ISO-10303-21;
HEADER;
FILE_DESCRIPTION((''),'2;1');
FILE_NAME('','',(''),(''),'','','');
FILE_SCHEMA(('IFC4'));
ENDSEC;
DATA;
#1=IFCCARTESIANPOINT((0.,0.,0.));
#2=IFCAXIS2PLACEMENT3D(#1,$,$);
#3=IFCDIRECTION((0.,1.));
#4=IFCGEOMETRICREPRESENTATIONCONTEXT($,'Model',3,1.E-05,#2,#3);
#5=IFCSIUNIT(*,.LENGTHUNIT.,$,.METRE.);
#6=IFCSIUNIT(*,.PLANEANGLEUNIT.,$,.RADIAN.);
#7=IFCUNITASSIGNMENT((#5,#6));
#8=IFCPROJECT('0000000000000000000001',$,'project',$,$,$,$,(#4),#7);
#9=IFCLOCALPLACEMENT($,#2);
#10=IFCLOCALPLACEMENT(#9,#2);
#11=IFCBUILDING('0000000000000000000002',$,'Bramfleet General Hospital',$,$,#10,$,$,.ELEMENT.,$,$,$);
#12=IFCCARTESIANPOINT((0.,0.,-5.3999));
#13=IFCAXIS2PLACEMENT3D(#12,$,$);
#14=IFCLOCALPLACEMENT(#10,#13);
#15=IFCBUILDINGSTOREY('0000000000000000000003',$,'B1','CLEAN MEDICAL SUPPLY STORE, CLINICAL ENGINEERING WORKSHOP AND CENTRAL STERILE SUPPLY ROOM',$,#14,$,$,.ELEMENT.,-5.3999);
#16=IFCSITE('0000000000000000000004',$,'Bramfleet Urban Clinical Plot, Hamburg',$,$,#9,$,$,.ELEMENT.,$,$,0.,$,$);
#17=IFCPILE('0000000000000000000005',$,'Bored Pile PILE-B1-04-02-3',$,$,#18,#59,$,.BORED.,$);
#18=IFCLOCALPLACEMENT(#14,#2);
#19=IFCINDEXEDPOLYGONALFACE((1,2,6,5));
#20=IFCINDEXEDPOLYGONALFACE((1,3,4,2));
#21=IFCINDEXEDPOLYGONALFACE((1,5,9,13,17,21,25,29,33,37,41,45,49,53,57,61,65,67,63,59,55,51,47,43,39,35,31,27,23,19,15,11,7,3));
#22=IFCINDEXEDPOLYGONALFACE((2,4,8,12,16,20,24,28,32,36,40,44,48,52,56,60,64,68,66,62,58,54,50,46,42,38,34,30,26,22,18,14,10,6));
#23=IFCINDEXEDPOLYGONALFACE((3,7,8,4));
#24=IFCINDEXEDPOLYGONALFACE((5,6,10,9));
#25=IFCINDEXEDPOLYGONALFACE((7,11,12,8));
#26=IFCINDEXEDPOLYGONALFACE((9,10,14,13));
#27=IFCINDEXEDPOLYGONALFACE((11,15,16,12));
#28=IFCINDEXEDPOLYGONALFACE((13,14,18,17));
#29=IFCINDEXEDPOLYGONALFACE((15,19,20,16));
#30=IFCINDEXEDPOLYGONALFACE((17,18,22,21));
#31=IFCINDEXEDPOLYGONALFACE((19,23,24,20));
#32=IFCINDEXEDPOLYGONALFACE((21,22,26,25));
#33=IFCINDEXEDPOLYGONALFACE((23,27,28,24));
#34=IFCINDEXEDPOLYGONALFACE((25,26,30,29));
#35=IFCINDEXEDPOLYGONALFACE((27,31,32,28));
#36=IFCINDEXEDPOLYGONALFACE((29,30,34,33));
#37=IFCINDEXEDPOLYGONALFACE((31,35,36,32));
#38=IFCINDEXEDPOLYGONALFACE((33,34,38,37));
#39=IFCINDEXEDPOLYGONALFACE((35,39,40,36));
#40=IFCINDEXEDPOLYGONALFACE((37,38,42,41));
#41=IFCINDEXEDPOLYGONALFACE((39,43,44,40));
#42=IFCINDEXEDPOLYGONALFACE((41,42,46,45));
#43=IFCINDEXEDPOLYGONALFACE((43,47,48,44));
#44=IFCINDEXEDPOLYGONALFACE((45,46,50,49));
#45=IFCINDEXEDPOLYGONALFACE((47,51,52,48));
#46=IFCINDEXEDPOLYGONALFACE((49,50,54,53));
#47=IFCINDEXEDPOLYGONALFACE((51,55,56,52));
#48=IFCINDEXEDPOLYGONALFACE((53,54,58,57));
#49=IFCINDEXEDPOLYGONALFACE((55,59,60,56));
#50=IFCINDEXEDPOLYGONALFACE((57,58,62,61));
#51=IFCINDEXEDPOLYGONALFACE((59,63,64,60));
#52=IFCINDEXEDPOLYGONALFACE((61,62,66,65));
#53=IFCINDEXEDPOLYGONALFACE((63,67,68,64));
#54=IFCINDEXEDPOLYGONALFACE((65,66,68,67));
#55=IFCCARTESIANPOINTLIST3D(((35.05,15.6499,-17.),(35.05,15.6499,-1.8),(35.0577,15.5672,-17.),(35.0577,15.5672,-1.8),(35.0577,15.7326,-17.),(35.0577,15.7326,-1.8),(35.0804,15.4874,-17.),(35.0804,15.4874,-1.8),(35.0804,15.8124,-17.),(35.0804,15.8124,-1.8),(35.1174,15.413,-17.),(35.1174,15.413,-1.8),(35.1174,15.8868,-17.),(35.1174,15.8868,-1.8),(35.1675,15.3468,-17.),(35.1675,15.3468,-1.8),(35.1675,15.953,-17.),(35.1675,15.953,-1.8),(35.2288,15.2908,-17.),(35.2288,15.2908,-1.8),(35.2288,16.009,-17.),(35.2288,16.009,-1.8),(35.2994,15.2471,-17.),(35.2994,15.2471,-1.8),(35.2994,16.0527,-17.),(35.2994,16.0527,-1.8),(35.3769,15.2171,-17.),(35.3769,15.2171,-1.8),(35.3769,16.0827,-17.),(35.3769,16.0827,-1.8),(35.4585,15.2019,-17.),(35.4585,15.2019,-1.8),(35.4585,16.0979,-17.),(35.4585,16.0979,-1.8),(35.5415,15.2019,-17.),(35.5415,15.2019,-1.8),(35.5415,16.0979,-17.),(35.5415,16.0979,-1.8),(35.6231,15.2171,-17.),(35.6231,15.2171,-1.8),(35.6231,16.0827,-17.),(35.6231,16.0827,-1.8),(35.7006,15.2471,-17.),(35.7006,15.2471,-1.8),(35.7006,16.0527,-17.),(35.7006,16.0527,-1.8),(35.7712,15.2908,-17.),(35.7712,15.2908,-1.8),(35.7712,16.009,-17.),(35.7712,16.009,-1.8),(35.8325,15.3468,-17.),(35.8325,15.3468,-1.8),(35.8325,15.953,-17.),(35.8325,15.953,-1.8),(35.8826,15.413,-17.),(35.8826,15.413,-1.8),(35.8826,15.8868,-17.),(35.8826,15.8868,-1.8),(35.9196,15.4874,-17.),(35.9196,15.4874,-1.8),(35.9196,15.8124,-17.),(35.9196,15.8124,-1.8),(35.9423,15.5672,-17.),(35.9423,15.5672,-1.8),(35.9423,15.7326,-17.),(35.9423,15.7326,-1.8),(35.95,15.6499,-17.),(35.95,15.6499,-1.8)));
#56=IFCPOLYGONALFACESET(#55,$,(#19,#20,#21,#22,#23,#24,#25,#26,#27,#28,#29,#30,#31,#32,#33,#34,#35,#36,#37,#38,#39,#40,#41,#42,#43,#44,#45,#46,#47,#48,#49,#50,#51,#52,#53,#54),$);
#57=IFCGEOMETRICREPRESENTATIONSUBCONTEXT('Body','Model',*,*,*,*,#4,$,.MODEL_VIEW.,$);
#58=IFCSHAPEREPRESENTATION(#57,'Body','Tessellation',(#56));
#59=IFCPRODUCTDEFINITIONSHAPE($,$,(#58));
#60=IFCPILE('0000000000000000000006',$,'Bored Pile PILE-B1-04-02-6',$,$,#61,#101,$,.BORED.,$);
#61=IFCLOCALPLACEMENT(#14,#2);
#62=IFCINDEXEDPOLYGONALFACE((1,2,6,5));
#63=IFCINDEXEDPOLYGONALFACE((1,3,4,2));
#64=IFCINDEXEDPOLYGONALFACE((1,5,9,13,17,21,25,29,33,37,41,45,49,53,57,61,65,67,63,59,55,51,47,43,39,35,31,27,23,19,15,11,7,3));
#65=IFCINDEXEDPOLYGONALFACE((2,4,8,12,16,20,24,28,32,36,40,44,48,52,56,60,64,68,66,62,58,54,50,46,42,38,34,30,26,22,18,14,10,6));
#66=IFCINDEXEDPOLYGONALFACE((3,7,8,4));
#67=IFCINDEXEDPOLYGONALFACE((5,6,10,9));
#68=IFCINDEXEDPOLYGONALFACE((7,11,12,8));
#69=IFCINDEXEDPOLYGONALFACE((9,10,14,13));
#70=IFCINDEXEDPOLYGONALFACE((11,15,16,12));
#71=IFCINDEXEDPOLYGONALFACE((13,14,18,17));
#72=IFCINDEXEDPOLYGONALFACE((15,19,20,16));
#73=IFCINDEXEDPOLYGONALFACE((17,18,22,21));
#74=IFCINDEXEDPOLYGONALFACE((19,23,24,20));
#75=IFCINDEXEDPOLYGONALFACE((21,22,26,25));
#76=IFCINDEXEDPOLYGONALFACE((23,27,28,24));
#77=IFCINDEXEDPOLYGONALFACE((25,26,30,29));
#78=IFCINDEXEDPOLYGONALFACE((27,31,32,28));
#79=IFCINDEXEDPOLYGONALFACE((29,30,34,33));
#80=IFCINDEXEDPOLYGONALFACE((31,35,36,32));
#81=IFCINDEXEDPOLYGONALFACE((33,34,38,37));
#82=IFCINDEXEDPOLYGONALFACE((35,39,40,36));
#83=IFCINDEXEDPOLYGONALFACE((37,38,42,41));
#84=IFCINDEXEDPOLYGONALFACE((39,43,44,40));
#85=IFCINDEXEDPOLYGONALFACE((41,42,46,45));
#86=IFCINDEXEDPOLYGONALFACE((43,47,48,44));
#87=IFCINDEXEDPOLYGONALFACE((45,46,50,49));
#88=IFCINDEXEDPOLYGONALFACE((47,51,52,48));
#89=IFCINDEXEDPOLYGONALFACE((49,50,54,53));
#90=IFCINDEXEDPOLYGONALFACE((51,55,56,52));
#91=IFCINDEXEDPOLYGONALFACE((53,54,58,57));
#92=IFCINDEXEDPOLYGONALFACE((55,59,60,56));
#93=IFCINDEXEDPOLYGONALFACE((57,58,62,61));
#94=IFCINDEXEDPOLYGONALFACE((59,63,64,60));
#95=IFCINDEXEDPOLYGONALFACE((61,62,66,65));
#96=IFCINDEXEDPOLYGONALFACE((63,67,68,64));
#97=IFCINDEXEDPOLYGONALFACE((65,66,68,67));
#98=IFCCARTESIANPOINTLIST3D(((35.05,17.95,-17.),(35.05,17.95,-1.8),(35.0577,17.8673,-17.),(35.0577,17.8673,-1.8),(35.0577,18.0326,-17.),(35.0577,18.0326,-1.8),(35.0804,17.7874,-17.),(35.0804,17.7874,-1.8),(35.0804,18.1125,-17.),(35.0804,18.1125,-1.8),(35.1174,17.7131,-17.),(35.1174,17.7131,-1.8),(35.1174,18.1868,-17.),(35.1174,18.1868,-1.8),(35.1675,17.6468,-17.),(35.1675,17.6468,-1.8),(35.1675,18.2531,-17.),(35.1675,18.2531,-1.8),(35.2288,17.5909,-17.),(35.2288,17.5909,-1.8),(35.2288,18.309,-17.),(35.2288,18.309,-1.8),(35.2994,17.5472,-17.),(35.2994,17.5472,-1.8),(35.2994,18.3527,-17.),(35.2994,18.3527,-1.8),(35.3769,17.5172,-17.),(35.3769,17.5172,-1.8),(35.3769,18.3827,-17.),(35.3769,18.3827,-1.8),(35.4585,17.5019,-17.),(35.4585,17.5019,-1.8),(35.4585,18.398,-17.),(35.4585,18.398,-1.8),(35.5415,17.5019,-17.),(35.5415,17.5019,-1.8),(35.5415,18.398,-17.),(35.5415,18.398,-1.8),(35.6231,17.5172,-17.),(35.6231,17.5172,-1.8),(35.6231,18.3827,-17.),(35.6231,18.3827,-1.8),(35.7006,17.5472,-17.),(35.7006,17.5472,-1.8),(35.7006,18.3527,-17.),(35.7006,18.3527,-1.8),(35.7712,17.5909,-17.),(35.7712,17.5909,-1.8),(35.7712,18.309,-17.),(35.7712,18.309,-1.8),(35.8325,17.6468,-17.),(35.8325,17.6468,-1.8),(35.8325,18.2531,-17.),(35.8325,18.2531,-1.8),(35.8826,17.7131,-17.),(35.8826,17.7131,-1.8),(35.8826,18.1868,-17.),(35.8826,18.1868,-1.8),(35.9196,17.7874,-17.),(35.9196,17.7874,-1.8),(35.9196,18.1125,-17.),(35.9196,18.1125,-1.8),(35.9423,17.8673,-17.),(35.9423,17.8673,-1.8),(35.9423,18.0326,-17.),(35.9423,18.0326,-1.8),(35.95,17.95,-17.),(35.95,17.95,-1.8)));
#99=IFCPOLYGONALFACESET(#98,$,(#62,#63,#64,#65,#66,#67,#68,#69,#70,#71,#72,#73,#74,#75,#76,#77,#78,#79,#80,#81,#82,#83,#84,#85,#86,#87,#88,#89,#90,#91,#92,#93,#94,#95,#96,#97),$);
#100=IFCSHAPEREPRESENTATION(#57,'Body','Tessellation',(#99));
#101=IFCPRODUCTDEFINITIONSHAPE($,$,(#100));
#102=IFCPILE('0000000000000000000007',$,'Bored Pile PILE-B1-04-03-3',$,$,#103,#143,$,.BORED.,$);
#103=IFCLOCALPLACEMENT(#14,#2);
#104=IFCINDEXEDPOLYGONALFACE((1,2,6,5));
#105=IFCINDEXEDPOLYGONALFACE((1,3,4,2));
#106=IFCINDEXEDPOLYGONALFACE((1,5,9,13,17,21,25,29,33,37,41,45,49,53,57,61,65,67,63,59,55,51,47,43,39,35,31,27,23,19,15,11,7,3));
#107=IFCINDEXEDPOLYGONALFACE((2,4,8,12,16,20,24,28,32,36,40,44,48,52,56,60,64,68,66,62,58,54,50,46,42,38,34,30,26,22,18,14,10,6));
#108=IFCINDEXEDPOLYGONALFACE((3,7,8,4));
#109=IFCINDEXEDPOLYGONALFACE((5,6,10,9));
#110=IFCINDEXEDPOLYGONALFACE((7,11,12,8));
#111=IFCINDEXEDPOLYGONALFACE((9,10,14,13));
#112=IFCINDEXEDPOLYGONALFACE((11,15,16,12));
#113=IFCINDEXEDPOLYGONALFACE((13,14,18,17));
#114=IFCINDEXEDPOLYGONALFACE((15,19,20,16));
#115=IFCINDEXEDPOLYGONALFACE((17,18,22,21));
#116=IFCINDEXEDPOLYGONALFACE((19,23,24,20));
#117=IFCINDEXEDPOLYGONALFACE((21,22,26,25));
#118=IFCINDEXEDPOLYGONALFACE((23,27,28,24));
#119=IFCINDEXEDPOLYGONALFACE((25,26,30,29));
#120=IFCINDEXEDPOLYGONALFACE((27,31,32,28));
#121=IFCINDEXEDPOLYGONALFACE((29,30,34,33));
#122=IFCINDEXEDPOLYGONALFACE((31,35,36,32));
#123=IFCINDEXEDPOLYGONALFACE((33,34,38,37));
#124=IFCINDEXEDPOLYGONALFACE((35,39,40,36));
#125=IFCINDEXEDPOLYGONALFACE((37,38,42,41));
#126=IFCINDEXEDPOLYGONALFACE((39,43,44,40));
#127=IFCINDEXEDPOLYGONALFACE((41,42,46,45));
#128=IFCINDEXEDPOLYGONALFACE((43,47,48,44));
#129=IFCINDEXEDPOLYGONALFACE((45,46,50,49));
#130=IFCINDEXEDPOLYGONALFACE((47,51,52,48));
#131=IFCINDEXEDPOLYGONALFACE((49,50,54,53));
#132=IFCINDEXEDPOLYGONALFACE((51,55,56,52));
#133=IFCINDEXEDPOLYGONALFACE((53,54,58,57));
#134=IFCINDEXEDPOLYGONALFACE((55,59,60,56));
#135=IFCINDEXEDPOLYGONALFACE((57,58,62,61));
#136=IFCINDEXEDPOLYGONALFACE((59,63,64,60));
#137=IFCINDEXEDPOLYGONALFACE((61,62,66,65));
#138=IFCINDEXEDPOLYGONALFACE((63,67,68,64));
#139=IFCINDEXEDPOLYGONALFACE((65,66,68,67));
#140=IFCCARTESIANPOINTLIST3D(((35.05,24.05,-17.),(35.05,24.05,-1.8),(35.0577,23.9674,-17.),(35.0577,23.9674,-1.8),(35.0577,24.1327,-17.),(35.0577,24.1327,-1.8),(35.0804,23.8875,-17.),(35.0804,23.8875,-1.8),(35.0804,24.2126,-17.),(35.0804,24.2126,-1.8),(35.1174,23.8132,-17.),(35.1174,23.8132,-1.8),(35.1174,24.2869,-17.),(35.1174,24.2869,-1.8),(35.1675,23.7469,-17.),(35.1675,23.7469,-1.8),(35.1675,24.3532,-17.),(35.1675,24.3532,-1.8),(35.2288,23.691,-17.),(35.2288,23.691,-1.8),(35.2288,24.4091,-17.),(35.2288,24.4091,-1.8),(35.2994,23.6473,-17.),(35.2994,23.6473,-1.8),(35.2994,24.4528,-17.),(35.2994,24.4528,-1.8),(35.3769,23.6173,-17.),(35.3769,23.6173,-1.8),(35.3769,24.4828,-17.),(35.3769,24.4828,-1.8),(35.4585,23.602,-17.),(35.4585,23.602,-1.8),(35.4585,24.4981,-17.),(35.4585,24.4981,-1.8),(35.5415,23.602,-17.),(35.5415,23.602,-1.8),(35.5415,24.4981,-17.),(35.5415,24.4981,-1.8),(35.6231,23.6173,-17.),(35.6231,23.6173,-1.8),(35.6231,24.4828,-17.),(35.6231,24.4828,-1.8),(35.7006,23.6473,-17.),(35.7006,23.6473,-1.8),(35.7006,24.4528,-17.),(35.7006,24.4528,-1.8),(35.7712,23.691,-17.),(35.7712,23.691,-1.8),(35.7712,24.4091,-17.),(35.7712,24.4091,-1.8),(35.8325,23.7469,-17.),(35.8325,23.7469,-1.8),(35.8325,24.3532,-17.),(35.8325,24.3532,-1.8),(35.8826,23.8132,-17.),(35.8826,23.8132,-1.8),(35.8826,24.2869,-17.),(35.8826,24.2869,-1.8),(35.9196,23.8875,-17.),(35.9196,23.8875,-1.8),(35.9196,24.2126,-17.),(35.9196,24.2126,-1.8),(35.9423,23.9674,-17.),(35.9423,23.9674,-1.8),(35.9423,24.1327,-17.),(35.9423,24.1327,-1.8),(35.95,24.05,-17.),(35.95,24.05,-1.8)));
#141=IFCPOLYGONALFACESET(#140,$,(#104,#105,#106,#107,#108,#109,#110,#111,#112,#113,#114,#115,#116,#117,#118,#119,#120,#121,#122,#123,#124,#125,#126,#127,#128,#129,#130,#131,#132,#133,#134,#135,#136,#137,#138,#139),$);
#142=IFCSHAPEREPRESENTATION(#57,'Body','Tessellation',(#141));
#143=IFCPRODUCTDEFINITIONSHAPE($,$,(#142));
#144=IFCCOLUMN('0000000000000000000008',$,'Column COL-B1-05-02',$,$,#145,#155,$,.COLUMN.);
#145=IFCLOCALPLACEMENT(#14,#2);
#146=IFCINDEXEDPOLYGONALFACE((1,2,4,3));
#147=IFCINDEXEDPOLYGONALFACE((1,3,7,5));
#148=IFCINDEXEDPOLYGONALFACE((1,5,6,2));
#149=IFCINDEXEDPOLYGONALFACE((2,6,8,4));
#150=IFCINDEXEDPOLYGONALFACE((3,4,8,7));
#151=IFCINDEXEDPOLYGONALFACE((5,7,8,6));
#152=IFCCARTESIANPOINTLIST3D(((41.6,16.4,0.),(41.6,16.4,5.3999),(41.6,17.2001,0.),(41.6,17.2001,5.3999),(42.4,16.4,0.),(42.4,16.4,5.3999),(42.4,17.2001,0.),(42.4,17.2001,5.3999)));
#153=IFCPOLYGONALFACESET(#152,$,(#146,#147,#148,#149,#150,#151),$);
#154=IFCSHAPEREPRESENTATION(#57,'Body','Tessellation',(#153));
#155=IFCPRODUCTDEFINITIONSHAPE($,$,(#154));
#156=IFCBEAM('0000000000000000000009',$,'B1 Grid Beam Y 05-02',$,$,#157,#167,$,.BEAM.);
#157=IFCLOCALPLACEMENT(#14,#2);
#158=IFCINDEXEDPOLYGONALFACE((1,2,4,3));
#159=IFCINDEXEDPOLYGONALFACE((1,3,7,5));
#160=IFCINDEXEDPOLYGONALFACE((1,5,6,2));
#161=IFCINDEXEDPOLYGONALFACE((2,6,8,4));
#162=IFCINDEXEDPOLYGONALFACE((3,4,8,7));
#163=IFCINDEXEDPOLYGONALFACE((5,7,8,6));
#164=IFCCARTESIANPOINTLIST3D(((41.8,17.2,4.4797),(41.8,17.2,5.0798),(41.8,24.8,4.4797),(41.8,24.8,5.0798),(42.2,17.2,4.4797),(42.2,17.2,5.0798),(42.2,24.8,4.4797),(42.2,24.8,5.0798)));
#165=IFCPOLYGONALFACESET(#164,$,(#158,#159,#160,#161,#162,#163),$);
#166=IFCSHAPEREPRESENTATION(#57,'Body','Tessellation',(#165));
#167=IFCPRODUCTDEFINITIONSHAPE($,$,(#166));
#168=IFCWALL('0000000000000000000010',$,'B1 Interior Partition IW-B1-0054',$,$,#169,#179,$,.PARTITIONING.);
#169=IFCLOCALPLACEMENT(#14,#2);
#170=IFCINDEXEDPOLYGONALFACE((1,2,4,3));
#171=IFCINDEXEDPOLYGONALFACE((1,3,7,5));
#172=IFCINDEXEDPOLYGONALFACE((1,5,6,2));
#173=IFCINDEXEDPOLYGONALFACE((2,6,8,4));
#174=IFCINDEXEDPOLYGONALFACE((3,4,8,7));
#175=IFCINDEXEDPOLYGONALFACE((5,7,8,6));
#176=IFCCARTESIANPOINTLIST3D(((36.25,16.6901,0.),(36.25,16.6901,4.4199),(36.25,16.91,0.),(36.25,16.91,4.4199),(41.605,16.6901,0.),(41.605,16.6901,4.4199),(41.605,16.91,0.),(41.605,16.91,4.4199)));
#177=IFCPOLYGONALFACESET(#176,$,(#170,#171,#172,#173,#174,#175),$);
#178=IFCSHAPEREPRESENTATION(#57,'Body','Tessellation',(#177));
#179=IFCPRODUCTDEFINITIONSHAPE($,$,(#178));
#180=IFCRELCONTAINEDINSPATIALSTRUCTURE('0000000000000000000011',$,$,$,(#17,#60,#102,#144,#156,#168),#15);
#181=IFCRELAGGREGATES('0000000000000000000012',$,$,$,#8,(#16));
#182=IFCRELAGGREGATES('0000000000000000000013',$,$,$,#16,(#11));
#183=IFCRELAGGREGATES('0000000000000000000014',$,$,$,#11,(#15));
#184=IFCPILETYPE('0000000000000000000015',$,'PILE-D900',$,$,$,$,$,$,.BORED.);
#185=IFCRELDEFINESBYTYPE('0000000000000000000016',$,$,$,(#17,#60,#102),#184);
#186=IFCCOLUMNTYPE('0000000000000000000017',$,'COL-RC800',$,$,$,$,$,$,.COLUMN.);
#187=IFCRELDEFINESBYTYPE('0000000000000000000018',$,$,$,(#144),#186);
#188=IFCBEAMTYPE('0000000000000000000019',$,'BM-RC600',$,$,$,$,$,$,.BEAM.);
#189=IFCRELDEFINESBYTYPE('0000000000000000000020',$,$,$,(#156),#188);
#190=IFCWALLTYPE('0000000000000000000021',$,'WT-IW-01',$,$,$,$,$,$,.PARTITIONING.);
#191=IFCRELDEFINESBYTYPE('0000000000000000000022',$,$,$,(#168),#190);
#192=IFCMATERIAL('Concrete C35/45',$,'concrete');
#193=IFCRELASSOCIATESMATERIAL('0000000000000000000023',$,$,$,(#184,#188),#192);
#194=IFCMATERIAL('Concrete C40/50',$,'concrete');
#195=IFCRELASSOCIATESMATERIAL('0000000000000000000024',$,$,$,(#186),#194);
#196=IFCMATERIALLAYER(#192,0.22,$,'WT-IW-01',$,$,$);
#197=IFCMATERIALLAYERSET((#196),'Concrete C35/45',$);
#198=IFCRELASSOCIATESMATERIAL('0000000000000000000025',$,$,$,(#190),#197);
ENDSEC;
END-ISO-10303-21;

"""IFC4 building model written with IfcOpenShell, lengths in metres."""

from ifc_helpers import new_model, si_unit, direction, frame, frame_2d, origin, origin_2d, place, context, subcontext, project, spatial, rectangle, circle, extrude, material, layer, layer_set, material_profile, profile_set, type_object, element, save


model = new_model("IFC4")

# Units and contexts
model_context = context("Model", 3, precision=1e-05, world=origin(), true_north=direction((0.0, 1.0)))
body_context = subcontext(model_context, "Body", "Model", "MODEL_VIEW")
ifc_project = project(units=[si_unit("LENGTHUNIT", "METRE"), si_unit("PLANEANGLEUNIT", "RADIAN")], contexts=[model_context])

# Site, building, storey
site_placement = place(None, origin())
site = spatial("IfcSite", under=ifc_project, at=site_placement, Name="Bramfleet Urban Clinical Plot, Hamburg", CompositionType="ELEMENT", RefElevation=0.0)
building_placement = place(site_placement, origin())
building = spatial("IfcBuilding", under=site, at=building_placement, Name="Bramfleet General Hospital", CompositionType="ELEMENT")
storey_placement = place(building_placement, frame((0.0, 0.0, -5.3999)))
storey = spatial("IfcBuildingStorey", under=building, at=storey_placement, Name="B1", Description="CLEAN MEDICAL SUPPLY STORE, CLINICAL ENGINEERING WORKSHOP AND CENTRAL STERILE SUPPLY ROOM", CompositionType="ELEMENT", Elevation=-5.3999)

# Shared definitions
ifc_material_1 = material(Name="Concrete C35/45", Category="concrete")

# Piles
ifc_material_profile_1 = material_profile(ifc_material_1, circle(Radius=0.45, at=origin_2d()), Name="PILE BORED D900")
ifc_profile_set_1 = profile_set([ifc_material_profile_1], Name="Concrete C35/45")
pile_type_1 = type_object("IfcPileType", Name="PILE-D900", PredefinedType="BORED", material=ifc_profile_set_1)
for number, where, z_axis, x_axis, name in (
    (1, (35.5, 15.6499, -1.8), (0.0, 0.0, -1.0), (1.0, 0.0, 0.0), "Bored Pile PILE-B1-04-02-3"),
    (2, (35.5, 17.95, -1.8), (0.0, 0.0, -1.0), (1.0, 0.0, 0.0), "Bored Pile PILE-B1-04-02-6"),
    (3, (35.5, 24.05, -1.8), (0.0, 0.0, -1.0), (1.0, 0.0, 0.0), "Bored Pile PILE-B1-04-03-3"),
):
    element("IfcPile", number, at=place(storey_placement, frame(where, z_axis=z_axis, x_axis=x_axis)), inside=storey, type_object=pile_type_1, Name=name, PredefinedType="BORED", context=body_context, shape_type="SweptSolid", body=[
        extrude(circle(Radius=0.45, at=origin_2d()), origin(), (0.0, 0.0, 1.0), 15.2),
    ])

# Column
ifc_material_2 = material(Name="Concrete C40/50", Category="concrete")
ifc_material_profile_2 = material_profile(ifc_material_2, rectangle(XDim=0.8, YDim=0.8, at=origin_2d()), Name="RC COL 800x800")
ifc_profile_set_2 = profile_set([ifc_material_profile_2], Name="Concrete C40/50")
column_type = type_object("IfcColumnType", Name="COL-RC800", PredefinedType="COLUMN", material=ifc_profile_set_2)
column_placement = place(storey_placement, frame((42.0, 16.8, 0.0), z_axis=(0.0, 0.0, 1.0), x_axis=(1.0, 0.0, 0.0)))
element("IfcColumn", 4, at=column_placement, inside=storey, type_object=column_type, Name="Column COL-B1-05-02", PredefinedType="COLUMN", context=body_context, shape_type="SweptSolid", body=[
    extrude(rectangle(XDim=0.8, YDim=0.8, at=origin_2d()), origin(), (0.0, 0.0, 1.0), 5.3999),
])

# Beam
ifc_material_profile_3 = material_profile(ifc_material_1, rectangle(XDim=0.3999, YDim=0.6001, at=origin_2d()), Name="RC BM 600x400")
ifc_profile_set_3 = profile_set([ifc_material_profile_3], Name="Concrete C35/45")
beam_type = type_object("IfcBeamType", Name="BM-RC600", PredefinedType="BEAM", material=ifc_profile_set_3)
beam_placement = place(storey_placement, frame((42.0, 17.2, 4.7798), z_axis=(0.0, 1.0, 0.0), x_axis=(-1.0, 0.0, 0.0)))
element("IfcBeam", 5, at=beam_placement, inside=storey, type_object=beam_type, Name="B1 Grid Beam Y 05-02", PredefinedType="BEAM", context=body_context, shape_type="SweptSolid", body=[
    extrude(rectangle(XDim=0.3999, YDim=0.6001, at=origin_2d()), origin(), (0.0, 0.0, 1.0), 7.6001),
])

# Wall
ifc_layer = layer(ifc_material_1, 0.22, Name="WT-IW-01")
ifc_layer_set = layer_set([ifc_layer], Name="Concrete C35/45")
wall_type = type_object("IfcWallType", Name="WT-IW-01", PredefinedType="PARTITIONING", material=ifc_layer_set)
wall_1_placement = place(storey_placement, frame((36.25, 16.8, 0.0), z_axis=(0.0, 0.0, 1.0), x_axis=(1.0, 0.0, 0.0)))
element("IfcWall", 6, at=wall_1_placement, inside=storey, type_object=wall_type, Name="B1 Interior Partition IW-B1-0054", PredefinedType="PARTITIONING", context=body_context, shape_type="SweptSolid", body=[
    extrude(rectangle(XDim=5.355, YDim=0.22, at=frame_2d((2.6775, 0.0))), origin(), (0.0, 0.0, 1.0), 4.4199),
])

save(model, "model.ifc")
